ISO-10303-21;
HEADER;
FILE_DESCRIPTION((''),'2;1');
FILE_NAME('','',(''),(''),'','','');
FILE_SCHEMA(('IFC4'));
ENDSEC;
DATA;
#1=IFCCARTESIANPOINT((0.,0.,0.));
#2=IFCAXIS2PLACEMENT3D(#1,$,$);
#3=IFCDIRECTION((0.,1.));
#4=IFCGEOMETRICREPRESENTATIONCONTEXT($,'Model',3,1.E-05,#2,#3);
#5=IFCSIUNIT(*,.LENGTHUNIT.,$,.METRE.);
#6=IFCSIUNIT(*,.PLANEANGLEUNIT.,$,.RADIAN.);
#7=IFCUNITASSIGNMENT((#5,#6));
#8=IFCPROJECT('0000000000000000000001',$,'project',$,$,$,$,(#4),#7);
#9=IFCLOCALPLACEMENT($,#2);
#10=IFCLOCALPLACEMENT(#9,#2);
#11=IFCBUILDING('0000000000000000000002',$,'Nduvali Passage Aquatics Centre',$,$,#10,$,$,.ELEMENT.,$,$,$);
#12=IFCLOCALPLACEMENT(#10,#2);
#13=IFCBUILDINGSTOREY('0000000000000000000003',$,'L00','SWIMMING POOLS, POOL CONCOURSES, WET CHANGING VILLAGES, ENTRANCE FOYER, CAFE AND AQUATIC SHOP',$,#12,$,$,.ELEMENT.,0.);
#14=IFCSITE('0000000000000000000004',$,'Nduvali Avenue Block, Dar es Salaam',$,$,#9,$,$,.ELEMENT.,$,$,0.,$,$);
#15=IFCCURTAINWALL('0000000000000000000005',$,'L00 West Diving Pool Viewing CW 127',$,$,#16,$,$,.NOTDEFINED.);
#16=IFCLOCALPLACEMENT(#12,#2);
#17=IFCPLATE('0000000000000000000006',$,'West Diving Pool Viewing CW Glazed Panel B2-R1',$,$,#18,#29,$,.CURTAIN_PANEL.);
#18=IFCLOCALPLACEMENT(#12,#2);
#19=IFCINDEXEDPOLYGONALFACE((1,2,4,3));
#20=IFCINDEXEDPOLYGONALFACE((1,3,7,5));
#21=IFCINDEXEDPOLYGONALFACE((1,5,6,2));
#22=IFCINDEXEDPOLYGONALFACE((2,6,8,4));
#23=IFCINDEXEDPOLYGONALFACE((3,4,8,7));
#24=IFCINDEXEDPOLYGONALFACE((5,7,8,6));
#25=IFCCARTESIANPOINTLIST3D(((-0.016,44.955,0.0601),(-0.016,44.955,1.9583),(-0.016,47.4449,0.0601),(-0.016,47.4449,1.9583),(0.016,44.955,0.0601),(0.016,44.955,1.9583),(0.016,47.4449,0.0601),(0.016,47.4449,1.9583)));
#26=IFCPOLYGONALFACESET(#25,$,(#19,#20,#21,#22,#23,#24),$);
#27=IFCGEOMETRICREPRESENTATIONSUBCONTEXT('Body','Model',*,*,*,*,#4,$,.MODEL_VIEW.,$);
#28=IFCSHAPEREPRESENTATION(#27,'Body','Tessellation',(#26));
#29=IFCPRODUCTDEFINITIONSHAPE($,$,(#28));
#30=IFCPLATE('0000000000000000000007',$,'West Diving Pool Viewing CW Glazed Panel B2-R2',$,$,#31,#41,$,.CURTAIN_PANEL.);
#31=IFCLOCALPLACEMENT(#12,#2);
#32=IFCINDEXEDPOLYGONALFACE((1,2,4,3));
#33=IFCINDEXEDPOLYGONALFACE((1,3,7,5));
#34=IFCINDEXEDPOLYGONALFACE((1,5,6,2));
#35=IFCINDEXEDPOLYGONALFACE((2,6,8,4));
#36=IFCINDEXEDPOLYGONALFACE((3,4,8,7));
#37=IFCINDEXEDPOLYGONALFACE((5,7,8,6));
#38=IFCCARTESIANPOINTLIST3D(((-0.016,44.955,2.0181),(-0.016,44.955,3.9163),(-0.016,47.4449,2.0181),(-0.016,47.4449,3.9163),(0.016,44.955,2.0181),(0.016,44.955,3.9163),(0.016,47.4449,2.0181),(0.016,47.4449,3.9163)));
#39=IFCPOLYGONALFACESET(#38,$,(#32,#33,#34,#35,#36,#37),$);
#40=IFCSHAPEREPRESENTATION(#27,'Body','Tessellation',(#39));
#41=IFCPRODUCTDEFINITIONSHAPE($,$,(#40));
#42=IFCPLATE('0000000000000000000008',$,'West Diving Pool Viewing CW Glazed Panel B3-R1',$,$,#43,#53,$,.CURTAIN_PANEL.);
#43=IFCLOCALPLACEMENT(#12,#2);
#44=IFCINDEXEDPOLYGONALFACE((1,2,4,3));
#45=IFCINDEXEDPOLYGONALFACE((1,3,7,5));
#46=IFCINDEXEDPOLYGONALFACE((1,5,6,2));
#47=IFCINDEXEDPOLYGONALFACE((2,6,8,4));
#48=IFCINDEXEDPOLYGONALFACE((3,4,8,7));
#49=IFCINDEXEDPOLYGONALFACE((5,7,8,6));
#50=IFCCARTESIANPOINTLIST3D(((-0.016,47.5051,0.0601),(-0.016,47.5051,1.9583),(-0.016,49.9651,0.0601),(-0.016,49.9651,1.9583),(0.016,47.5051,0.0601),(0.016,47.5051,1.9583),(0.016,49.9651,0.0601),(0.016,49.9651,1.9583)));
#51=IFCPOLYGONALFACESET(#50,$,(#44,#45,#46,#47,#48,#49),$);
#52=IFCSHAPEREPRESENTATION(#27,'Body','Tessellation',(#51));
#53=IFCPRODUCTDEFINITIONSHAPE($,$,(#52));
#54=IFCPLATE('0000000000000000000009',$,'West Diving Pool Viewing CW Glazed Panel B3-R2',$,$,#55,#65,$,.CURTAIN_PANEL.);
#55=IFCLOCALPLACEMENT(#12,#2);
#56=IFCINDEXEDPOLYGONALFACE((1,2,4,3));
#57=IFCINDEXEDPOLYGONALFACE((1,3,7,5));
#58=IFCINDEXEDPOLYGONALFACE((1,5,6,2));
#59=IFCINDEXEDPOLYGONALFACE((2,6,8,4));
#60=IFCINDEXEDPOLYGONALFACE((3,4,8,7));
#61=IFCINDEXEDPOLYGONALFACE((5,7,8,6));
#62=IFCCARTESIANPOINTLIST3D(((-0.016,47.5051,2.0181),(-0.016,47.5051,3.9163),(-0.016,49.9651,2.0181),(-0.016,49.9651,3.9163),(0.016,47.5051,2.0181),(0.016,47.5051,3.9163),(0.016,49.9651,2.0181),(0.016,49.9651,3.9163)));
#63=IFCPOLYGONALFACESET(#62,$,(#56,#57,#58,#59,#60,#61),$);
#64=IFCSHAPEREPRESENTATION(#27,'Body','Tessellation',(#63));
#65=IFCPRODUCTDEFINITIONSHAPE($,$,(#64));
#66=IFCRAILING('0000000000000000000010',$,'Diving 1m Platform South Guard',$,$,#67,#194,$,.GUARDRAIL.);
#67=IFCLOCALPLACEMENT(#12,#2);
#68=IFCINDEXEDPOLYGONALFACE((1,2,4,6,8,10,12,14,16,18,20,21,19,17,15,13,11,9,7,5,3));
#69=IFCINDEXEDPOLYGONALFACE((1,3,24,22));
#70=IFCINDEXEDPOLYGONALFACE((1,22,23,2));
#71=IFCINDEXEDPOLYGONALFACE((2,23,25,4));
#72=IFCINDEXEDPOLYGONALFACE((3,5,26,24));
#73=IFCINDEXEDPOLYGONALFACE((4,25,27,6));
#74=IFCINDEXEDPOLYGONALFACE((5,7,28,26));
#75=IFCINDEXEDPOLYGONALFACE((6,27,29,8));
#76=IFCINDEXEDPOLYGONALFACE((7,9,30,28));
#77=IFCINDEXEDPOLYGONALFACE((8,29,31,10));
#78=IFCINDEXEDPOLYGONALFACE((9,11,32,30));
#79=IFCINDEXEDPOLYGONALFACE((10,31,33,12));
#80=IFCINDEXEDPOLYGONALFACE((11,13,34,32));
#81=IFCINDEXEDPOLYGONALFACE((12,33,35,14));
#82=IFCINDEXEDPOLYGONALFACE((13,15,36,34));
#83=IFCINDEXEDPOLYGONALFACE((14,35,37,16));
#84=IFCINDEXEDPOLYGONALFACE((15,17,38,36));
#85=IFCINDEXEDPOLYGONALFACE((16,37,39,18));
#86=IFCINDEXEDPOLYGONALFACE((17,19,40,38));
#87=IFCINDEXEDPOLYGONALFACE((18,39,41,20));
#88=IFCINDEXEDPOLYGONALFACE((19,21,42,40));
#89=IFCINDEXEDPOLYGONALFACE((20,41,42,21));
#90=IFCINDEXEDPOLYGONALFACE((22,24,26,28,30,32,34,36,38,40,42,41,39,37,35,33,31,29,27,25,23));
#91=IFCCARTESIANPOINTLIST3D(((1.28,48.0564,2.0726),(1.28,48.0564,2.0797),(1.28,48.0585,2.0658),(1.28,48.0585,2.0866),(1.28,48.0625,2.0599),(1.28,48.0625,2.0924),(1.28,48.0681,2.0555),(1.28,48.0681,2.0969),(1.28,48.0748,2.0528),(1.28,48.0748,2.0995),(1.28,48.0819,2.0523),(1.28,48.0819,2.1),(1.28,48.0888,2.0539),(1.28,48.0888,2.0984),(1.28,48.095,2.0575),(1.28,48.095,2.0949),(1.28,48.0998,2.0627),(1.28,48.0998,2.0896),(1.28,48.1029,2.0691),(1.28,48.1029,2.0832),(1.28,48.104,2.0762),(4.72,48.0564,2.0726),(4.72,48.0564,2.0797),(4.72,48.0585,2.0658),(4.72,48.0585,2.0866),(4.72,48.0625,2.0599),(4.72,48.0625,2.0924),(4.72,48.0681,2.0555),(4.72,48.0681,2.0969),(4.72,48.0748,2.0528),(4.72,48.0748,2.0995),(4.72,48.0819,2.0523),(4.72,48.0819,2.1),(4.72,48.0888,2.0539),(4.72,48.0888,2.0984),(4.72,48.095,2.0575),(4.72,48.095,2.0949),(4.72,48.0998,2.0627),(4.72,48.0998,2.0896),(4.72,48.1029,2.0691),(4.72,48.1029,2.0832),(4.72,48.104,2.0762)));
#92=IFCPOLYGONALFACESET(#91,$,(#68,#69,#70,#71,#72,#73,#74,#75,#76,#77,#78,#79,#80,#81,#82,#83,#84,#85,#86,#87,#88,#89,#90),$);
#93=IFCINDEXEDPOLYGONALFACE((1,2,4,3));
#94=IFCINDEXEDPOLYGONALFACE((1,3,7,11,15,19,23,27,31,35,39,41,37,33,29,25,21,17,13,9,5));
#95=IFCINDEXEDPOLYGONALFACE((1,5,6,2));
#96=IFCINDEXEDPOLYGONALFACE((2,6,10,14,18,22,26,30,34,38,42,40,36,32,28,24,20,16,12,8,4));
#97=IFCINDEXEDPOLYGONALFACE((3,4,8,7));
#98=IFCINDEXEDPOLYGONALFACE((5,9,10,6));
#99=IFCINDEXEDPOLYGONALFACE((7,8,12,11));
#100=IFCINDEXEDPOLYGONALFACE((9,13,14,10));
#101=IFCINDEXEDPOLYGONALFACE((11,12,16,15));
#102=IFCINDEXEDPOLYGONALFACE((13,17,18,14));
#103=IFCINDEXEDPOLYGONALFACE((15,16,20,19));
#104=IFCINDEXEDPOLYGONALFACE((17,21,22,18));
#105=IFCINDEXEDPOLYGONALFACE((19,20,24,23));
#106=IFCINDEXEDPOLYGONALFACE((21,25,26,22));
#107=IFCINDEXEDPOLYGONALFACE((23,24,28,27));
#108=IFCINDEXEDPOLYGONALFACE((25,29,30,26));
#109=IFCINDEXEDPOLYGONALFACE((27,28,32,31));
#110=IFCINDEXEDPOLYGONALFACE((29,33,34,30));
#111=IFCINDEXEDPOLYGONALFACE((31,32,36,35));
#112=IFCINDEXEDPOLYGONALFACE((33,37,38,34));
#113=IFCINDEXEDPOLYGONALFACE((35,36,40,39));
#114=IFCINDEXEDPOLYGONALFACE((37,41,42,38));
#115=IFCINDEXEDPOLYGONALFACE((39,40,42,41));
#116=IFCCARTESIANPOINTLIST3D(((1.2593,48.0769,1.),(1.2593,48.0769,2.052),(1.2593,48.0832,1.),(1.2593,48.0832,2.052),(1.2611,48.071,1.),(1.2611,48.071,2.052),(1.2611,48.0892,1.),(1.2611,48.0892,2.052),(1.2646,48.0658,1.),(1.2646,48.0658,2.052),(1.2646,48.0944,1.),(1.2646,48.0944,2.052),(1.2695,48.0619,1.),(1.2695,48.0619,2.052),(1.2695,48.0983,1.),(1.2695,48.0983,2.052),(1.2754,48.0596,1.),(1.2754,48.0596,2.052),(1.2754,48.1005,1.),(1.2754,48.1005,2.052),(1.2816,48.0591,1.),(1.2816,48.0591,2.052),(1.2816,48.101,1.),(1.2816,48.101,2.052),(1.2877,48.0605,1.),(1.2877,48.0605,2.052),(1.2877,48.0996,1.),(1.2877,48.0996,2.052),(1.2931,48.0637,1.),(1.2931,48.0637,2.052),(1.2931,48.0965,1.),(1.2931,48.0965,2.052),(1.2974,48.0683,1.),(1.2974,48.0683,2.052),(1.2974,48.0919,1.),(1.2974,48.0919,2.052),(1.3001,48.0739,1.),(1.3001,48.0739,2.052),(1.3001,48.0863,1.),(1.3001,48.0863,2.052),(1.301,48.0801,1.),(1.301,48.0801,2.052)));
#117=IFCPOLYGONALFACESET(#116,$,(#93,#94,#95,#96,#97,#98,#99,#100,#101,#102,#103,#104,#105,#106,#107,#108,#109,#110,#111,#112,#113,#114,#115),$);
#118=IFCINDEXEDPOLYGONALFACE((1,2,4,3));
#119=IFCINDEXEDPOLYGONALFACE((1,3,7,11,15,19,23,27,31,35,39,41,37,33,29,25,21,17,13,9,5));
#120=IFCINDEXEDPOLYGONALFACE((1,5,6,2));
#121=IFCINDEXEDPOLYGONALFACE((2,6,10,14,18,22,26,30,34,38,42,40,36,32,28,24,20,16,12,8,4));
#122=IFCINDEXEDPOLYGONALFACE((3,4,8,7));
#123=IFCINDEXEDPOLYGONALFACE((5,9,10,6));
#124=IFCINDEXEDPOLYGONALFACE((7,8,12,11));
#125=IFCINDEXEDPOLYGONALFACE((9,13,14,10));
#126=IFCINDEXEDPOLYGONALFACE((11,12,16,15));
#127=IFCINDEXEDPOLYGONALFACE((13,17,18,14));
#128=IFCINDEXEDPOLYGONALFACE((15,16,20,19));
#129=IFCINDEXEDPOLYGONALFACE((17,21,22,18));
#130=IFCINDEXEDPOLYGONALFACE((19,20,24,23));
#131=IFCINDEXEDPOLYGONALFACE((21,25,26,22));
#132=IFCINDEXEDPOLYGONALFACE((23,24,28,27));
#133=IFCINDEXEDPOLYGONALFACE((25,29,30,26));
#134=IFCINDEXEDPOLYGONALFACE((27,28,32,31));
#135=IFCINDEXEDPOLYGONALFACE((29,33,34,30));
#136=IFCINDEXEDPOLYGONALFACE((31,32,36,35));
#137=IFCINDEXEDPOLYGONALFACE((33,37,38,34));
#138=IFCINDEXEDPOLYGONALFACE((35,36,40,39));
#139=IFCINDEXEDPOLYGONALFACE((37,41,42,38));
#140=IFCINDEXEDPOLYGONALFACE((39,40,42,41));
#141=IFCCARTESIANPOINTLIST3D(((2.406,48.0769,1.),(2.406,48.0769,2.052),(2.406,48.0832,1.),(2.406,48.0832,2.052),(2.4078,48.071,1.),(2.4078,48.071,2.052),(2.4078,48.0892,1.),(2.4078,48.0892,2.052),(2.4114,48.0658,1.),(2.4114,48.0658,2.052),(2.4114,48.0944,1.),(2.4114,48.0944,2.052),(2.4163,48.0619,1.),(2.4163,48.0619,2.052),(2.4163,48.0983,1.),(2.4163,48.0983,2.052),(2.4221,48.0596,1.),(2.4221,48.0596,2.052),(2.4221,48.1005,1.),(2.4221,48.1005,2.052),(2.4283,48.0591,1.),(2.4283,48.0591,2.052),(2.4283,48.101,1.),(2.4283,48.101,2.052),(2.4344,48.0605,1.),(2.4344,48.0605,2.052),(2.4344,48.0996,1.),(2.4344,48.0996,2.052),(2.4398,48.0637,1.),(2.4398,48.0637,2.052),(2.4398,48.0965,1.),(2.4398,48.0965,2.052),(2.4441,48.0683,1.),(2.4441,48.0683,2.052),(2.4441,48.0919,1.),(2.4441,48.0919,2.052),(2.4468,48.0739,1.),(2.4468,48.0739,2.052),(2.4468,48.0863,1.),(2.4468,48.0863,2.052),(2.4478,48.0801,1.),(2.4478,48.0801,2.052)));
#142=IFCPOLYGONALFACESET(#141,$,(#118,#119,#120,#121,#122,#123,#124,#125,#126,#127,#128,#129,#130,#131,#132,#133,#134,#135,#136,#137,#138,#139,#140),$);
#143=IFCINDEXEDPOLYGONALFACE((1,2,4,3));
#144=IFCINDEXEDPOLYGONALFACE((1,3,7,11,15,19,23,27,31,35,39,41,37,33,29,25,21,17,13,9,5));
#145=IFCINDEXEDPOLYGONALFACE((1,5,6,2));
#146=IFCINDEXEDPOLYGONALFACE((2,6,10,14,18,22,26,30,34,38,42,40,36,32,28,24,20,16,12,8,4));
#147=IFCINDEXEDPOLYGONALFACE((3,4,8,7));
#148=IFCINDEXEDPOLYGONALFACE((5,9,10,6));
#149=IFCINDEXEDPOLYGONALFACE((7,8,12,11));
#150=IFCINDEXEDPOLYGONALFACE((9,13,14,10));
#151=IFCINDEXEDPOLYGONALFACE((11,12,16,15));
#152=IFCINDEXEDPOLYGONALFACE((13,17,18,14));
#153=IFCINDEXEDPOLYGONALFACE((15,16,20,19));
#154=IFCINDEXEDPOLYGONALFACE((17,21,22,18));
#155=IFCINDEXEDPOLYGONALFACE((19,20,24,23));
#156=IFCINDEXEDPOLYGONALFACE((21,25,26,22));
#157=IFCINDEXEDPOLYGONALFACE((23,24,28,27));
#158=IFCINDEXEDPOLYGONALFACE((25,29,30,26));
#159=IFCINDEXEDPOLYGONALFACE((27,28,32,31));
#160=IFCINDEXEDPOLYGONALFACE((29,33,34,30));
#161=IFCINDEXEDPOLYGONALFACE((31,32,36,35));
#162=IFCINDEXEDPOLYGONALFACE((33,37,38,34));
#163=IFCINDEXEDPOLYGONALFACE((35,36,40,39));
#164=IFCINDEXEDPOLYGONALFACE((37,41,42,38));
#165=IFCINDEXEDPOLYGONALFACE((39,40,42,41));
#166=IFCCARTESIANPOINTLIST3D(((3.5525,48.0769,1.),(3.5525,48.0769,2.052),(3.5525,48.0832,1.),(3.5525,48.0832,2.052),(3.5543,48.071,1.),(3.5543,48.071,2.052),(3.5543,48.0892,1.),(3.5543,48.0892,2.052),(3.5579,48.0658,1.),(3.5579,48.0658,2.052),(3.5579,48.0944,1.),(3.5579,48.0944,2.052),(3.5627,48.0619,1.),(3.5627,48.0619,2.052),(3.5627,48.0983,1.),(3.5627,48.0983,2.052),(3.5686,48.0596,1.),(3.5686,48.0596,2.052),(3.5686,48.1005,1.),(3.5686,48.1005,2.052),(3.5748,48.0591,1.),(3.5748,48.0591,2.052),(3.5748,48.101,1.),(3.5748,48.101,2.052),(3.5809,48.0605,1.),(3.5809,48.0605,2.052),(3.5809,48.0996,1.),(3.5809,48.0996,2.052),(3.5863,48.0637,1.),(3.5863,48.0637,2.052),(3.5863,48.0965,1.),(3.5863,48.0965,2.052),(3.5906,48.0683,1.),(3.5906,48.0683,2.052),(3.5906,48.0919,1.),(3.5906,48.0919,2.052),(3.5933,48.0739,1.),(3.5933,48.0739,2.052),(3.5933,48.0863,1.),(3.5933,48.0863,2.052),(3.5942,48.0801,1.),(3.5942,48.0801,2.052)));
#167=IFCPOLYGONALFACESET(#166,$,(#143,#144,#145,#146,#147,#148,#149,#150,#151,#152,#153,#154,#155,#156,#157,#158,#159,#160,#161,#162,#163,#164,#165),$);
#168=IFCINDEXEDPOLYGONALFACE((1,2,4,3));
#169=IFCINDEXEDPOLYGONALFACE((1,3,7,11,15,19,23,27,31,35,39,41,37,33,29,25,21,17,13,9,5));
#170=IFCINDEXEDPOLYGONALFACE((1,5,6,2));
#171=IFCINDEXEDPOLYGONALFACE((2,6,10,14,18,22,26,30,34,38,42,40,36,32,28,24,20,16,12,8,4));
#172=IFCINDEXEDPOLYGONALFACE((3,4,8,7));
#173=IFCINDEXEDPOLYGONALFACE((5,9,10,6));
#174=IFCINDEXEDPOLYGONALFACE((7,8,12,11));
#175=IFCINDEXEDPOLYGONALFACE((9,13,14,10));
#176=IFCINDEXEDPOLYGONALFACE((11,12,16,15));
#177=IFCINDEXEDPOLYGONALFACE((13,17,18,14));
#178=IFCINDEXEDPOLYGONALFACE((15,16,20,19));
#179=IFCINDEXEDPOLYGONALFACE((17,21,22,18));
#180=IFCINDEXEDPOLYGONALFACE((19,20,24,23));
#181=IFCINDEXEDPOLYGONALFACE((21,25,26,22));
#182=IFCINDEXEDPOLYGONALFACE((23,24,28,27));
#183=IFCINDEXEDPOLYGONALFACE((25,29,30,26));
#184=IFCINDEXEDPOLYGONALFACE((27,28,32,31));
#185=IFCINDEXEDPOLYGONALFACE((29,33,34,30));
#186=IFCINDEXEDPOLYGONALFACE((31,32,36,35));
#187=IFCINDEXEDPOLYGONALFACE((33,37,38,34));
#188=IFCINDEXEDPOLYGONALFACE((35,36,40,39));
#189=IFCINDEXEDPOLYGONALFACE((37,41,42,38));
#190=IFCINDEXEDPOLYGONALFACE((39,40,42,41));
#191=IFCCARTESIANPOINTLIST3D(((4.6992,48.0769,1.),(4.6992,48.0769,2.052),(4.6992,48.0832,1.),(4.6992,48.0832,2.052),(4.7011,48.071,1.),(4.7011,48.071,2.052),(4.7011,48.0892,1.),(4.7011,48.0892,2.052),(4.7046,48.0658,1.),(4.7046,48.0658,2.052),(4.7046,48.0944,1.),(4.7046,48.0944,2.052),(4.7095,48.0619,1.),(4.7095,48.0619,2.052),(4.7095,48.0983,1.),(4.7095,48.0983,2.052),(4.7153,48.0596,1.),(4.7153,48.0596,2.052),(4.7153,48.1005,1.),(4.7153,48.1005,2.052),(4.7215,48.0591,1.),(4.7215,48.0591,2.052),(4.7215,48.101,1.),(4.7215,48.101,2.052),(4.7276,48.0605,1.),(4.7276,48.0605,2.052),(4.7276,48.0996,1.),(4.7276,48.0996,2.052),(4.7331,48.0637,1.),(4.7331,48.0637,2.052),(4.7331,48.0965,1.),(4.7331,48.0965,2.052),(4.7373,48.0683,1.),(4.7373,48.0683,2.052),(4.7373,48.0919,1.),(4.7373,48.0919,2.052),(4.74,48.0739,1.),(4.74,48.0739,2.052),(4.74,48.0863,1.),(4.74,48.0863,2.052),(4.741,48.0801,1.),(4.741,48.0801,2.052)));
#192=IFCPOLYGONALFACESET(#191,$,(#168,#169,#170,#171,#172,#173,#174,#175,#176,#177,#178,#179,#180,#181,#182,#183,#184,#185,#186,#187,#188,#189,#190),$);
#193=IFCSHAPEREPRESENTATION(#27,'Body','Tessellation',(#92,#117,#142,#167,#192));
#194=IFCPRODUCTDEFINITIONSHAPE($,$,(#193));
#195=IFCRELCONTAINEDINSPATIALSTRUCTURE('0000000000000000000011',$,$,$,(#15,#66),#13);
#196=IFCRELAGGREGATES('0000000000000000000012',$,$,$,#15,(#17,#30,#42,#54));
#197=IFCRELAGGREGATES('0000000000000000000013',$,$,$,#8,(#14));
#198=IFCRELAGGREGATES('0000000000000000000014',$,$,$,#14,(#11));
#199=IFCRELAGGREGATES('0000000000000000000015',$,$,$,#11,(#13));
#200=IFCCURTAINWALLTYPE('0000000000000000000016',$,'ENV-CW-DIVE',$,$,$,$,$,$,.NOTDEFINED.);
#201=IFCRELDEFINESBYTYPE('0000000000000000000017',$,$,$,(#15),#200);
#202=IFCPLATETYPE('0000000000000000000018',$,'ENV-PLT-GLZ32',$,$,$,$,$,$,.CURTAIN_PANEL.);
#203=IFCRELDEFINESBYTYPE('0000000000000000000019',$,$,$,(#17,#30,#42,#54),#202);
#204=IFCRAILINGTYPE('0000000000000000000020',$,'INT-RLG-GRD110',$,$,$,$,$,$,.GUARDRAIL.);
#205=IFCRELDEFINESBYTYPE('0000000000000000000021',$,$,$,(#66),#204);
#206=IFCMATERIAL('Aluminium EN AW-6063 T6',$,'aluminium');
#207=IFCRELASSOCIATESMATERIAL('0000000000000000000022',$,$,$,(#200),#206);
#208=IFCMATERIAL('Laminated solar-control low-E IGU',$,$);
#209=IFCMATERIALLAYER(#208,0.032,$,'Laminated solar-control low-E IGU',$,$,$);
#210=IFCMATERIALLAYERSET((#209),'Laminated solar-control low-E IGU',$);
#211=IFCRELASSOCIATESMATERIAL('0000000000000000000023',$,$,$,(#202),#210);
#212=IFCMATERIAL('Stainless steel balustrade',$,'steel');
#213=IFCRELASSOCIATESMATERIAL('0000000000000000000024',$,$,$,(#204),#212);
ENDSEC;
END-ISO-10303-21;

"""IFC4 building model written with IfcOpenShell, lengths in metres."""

from ifc_helpers import new_model, si_unit, direction, frame, origin, origin_2d, place, context, subcontext, project, spatial, rectangle, circle, extrude, material, layer, layer_set, type_object, element, aggregate, save


model = new_model("IFC4")

# Units and contexts
model_context = context("Model", 3, precision=1e-05, world=origin(), true_north=direction((0.0, 1.0)))
body_context = subcontext(model_context, "Body", "Model", "MODEL_VIEW")
ifc_project = project(units=[si_unit("LENGTHUNIT", "METRE"), si_unit("PLANEANGLEUNIT", "RADIAN")], contexts=[model_context])

# Site, building, storey
site_placement = place(None, origin())
site = spatial("IfcSite", under=ifc_project, at=site_placement, Name="Nduvali Avenue Block, Dar es Salaam", CompositionType="ELEMENT", RefElevation=0.0)
building_placement = place(site_placement, origin())
building = spatial("IfcBuilding", under=site, at=building_placement, Name="Nduvali Passage Aquatics Centre", CompositionType="ELEMENT")
storey_placement = place(building_placement, origin())
storey = spatial("IfcBuildingStorey", under=building, at=storey_placement, Name="L00", Description="SWIMMING POOLS, POOL CONCOURSES, WET CHANGING VILLAGES, ENTRANCE FOYER, CAFE AND AQUATIC SHOP", CompositionType="ELEMENT", Elevation=0.0)

# Curtain wall
ifc_material_1 = material(Name="Aluminium EN AW-6063 T6", Category="aluminium")
curtain_wall_type = type_object("IfcCurtainWallType", Name="ENV-CW-DIVE", PredefinedType="NOTDEFINED", material=ifc_material_1)
curtain_wall_1_placement = place(storey_placement, origin())
curtain_wall_1 = element("IfcCurtainWall", 1, at=curtain_wall_1_placement, inside=storey, type_object=curtain_wall_type, Name="L00 West Diving Pool Viewing CW 127", PredefinedType="NOTDEFINED")

# Plates
ifc_material_2 = material(Name="Laminated solar-control low-E IGU")
ifc_layer = layer(ifc_material_2, 0.032, Name="Laminated solar-control low-E IGU")
ifc_layer_set = layer_set([ifc_layer], Name="Laminated solar-control low-E IGU")
plate_type = type_object("IfcPlateType", Name="ENV-PLT-GLZ32", PredefinedType="CURTAIN_PANEL", material=ifc_layer_set)
plate_1_placement = place(storey_placement, frame((0.0, 46.2, 0.0601), z_axis=(0.0, 0.0, 1.0), x_axis=(0.0, 1.0, 0.0)))
plate_1 = element("IfcPlate", 2, at=plate_1_placement, type_object=plate_type, Name="West Diving Pool Viewing CW Glazed Panel B2-R1", PredefinedType="CURTAIN_PANEL", context=body_context, shape_type="SweptSolid", body=[
    extrude(rectangle(XDim=2.49, YDim=0.032, at=origin_2d()), origin(), (0.0, 0.0, 1.0), 1.8982),
])
plate_2_placement = place(storey_placement, frame((0.0, 46.2, 2.0181), z_axis=(0.0, 0.0, 1.0), x_axis=(0.0, 1.0, 0.0)))
plate_2 = element("IfcPlate", 3, at=plate_2_placement, type_object=plate_type, Name="West Diving Pool Viewing CW Glazed Panel B2-R2", PredefinedType="CURTAIN_PANEL", context=body_context, shape_type="SweptSolid", body=[
    extrude(rectangle(XDim=2.49, YDim=0.032, at=origin_2d()), origin(), (0.0, 0.0, 1.0), 1.8982),
])
plate_3_placement = place(storey_placement, frame((0.0, 48.7351, 0.0601), z_axis=(0.0, 0.0, 1.0), x_axis=(0.0, 1.0, 0.0)))
plate_3 = element("IfcPlate", 4, at=plate_3_placement, type_object=plate_type, Name="West Diving Pool Viewing CW Glazed Panel B3-R1", PredefinedType="CURTAIN_PANEL", context=body_context, shape_type="SweptSolid", body=[
    extrude(rectangle(XDim=2.46, YDim=0.032, at=origin_2d()), origin(), (0.0, 0.0, 1.0), 1.8982),
])
plate_4_placement = place(storey_placement, frame((0.0, 48.7351, 2.0181), z_axis=(0.0, 0.0, 1.0), x_axis=(0.0, 1.0, 0.0)))
plate_4 = element("IfcPlate", 5, at=plate_4_placement, type_object=plate_type, Name="West Diving Pool Viewing CW Glazed Panel B3-R2", PredefinedType="CURTAIN_PANEL", context=body_context, shape_type="SweptSolid", body=[
    extrude(rectangle(XDim=2.46, YDim=0.032, at=origin_2d()), origin(), (0.0, 0.0, 1.0), 1.8982),
])
aggregate(curtain_wall_1, [plate_1, plate_2, plate_3, plate_4])

# Railing
ifc_material_3 = material(Name="Stainless steel balustrade", Category="steel")
railing_type = type_object("IfcRailingType", Name="INT-RLG-GRD110", PredefinedType="GUARDRAIL", material=ifc_material_3)
railing_placement = place(storey_placement, frame((1.28, 48.0801, 1.0)))
element("IfcRailing", 6, at=railing_placement, inside=storey, type_object=railing_type, Name="Diving 1m Platform South Guard", PredefinedType="GUARDRAIL", context=body_context, shape_type="SweptSolid", body=[
    extrude(circle(Radius=0.0239, at=origin_2d()), frame((0.0, 0.0, 1.0762), z_axis=(1.0, 0.0, 0.0), x_axis=(0.0, 1.0, 0.0)), (0.0, 0.0, 1.0), 3.4399),
    extrude(circle(Radius=0.021, at=origin_2d()), origin(), (0.0, 0.0, 1.0), 1.052),
    extrude(circle(Radius=0.021, at=origin_2d()), frame((1.1467, 0.0, 0.0)), (0.0, 0.0, 1.0), 1.052),
    extrude(circle(Radius=0.021, at=origin_2d()), frame((2.2932, 0.0, 0.0)), (0.0, 0.0, 1.0), 1.052),
    extrude(circle(Radius=0.021, at=origin_2d()), frame((3.4399, 0.0, 0.0)), (0.0, 0.0, 1.0), 1.052),
])

save(model, "model.ifc")
